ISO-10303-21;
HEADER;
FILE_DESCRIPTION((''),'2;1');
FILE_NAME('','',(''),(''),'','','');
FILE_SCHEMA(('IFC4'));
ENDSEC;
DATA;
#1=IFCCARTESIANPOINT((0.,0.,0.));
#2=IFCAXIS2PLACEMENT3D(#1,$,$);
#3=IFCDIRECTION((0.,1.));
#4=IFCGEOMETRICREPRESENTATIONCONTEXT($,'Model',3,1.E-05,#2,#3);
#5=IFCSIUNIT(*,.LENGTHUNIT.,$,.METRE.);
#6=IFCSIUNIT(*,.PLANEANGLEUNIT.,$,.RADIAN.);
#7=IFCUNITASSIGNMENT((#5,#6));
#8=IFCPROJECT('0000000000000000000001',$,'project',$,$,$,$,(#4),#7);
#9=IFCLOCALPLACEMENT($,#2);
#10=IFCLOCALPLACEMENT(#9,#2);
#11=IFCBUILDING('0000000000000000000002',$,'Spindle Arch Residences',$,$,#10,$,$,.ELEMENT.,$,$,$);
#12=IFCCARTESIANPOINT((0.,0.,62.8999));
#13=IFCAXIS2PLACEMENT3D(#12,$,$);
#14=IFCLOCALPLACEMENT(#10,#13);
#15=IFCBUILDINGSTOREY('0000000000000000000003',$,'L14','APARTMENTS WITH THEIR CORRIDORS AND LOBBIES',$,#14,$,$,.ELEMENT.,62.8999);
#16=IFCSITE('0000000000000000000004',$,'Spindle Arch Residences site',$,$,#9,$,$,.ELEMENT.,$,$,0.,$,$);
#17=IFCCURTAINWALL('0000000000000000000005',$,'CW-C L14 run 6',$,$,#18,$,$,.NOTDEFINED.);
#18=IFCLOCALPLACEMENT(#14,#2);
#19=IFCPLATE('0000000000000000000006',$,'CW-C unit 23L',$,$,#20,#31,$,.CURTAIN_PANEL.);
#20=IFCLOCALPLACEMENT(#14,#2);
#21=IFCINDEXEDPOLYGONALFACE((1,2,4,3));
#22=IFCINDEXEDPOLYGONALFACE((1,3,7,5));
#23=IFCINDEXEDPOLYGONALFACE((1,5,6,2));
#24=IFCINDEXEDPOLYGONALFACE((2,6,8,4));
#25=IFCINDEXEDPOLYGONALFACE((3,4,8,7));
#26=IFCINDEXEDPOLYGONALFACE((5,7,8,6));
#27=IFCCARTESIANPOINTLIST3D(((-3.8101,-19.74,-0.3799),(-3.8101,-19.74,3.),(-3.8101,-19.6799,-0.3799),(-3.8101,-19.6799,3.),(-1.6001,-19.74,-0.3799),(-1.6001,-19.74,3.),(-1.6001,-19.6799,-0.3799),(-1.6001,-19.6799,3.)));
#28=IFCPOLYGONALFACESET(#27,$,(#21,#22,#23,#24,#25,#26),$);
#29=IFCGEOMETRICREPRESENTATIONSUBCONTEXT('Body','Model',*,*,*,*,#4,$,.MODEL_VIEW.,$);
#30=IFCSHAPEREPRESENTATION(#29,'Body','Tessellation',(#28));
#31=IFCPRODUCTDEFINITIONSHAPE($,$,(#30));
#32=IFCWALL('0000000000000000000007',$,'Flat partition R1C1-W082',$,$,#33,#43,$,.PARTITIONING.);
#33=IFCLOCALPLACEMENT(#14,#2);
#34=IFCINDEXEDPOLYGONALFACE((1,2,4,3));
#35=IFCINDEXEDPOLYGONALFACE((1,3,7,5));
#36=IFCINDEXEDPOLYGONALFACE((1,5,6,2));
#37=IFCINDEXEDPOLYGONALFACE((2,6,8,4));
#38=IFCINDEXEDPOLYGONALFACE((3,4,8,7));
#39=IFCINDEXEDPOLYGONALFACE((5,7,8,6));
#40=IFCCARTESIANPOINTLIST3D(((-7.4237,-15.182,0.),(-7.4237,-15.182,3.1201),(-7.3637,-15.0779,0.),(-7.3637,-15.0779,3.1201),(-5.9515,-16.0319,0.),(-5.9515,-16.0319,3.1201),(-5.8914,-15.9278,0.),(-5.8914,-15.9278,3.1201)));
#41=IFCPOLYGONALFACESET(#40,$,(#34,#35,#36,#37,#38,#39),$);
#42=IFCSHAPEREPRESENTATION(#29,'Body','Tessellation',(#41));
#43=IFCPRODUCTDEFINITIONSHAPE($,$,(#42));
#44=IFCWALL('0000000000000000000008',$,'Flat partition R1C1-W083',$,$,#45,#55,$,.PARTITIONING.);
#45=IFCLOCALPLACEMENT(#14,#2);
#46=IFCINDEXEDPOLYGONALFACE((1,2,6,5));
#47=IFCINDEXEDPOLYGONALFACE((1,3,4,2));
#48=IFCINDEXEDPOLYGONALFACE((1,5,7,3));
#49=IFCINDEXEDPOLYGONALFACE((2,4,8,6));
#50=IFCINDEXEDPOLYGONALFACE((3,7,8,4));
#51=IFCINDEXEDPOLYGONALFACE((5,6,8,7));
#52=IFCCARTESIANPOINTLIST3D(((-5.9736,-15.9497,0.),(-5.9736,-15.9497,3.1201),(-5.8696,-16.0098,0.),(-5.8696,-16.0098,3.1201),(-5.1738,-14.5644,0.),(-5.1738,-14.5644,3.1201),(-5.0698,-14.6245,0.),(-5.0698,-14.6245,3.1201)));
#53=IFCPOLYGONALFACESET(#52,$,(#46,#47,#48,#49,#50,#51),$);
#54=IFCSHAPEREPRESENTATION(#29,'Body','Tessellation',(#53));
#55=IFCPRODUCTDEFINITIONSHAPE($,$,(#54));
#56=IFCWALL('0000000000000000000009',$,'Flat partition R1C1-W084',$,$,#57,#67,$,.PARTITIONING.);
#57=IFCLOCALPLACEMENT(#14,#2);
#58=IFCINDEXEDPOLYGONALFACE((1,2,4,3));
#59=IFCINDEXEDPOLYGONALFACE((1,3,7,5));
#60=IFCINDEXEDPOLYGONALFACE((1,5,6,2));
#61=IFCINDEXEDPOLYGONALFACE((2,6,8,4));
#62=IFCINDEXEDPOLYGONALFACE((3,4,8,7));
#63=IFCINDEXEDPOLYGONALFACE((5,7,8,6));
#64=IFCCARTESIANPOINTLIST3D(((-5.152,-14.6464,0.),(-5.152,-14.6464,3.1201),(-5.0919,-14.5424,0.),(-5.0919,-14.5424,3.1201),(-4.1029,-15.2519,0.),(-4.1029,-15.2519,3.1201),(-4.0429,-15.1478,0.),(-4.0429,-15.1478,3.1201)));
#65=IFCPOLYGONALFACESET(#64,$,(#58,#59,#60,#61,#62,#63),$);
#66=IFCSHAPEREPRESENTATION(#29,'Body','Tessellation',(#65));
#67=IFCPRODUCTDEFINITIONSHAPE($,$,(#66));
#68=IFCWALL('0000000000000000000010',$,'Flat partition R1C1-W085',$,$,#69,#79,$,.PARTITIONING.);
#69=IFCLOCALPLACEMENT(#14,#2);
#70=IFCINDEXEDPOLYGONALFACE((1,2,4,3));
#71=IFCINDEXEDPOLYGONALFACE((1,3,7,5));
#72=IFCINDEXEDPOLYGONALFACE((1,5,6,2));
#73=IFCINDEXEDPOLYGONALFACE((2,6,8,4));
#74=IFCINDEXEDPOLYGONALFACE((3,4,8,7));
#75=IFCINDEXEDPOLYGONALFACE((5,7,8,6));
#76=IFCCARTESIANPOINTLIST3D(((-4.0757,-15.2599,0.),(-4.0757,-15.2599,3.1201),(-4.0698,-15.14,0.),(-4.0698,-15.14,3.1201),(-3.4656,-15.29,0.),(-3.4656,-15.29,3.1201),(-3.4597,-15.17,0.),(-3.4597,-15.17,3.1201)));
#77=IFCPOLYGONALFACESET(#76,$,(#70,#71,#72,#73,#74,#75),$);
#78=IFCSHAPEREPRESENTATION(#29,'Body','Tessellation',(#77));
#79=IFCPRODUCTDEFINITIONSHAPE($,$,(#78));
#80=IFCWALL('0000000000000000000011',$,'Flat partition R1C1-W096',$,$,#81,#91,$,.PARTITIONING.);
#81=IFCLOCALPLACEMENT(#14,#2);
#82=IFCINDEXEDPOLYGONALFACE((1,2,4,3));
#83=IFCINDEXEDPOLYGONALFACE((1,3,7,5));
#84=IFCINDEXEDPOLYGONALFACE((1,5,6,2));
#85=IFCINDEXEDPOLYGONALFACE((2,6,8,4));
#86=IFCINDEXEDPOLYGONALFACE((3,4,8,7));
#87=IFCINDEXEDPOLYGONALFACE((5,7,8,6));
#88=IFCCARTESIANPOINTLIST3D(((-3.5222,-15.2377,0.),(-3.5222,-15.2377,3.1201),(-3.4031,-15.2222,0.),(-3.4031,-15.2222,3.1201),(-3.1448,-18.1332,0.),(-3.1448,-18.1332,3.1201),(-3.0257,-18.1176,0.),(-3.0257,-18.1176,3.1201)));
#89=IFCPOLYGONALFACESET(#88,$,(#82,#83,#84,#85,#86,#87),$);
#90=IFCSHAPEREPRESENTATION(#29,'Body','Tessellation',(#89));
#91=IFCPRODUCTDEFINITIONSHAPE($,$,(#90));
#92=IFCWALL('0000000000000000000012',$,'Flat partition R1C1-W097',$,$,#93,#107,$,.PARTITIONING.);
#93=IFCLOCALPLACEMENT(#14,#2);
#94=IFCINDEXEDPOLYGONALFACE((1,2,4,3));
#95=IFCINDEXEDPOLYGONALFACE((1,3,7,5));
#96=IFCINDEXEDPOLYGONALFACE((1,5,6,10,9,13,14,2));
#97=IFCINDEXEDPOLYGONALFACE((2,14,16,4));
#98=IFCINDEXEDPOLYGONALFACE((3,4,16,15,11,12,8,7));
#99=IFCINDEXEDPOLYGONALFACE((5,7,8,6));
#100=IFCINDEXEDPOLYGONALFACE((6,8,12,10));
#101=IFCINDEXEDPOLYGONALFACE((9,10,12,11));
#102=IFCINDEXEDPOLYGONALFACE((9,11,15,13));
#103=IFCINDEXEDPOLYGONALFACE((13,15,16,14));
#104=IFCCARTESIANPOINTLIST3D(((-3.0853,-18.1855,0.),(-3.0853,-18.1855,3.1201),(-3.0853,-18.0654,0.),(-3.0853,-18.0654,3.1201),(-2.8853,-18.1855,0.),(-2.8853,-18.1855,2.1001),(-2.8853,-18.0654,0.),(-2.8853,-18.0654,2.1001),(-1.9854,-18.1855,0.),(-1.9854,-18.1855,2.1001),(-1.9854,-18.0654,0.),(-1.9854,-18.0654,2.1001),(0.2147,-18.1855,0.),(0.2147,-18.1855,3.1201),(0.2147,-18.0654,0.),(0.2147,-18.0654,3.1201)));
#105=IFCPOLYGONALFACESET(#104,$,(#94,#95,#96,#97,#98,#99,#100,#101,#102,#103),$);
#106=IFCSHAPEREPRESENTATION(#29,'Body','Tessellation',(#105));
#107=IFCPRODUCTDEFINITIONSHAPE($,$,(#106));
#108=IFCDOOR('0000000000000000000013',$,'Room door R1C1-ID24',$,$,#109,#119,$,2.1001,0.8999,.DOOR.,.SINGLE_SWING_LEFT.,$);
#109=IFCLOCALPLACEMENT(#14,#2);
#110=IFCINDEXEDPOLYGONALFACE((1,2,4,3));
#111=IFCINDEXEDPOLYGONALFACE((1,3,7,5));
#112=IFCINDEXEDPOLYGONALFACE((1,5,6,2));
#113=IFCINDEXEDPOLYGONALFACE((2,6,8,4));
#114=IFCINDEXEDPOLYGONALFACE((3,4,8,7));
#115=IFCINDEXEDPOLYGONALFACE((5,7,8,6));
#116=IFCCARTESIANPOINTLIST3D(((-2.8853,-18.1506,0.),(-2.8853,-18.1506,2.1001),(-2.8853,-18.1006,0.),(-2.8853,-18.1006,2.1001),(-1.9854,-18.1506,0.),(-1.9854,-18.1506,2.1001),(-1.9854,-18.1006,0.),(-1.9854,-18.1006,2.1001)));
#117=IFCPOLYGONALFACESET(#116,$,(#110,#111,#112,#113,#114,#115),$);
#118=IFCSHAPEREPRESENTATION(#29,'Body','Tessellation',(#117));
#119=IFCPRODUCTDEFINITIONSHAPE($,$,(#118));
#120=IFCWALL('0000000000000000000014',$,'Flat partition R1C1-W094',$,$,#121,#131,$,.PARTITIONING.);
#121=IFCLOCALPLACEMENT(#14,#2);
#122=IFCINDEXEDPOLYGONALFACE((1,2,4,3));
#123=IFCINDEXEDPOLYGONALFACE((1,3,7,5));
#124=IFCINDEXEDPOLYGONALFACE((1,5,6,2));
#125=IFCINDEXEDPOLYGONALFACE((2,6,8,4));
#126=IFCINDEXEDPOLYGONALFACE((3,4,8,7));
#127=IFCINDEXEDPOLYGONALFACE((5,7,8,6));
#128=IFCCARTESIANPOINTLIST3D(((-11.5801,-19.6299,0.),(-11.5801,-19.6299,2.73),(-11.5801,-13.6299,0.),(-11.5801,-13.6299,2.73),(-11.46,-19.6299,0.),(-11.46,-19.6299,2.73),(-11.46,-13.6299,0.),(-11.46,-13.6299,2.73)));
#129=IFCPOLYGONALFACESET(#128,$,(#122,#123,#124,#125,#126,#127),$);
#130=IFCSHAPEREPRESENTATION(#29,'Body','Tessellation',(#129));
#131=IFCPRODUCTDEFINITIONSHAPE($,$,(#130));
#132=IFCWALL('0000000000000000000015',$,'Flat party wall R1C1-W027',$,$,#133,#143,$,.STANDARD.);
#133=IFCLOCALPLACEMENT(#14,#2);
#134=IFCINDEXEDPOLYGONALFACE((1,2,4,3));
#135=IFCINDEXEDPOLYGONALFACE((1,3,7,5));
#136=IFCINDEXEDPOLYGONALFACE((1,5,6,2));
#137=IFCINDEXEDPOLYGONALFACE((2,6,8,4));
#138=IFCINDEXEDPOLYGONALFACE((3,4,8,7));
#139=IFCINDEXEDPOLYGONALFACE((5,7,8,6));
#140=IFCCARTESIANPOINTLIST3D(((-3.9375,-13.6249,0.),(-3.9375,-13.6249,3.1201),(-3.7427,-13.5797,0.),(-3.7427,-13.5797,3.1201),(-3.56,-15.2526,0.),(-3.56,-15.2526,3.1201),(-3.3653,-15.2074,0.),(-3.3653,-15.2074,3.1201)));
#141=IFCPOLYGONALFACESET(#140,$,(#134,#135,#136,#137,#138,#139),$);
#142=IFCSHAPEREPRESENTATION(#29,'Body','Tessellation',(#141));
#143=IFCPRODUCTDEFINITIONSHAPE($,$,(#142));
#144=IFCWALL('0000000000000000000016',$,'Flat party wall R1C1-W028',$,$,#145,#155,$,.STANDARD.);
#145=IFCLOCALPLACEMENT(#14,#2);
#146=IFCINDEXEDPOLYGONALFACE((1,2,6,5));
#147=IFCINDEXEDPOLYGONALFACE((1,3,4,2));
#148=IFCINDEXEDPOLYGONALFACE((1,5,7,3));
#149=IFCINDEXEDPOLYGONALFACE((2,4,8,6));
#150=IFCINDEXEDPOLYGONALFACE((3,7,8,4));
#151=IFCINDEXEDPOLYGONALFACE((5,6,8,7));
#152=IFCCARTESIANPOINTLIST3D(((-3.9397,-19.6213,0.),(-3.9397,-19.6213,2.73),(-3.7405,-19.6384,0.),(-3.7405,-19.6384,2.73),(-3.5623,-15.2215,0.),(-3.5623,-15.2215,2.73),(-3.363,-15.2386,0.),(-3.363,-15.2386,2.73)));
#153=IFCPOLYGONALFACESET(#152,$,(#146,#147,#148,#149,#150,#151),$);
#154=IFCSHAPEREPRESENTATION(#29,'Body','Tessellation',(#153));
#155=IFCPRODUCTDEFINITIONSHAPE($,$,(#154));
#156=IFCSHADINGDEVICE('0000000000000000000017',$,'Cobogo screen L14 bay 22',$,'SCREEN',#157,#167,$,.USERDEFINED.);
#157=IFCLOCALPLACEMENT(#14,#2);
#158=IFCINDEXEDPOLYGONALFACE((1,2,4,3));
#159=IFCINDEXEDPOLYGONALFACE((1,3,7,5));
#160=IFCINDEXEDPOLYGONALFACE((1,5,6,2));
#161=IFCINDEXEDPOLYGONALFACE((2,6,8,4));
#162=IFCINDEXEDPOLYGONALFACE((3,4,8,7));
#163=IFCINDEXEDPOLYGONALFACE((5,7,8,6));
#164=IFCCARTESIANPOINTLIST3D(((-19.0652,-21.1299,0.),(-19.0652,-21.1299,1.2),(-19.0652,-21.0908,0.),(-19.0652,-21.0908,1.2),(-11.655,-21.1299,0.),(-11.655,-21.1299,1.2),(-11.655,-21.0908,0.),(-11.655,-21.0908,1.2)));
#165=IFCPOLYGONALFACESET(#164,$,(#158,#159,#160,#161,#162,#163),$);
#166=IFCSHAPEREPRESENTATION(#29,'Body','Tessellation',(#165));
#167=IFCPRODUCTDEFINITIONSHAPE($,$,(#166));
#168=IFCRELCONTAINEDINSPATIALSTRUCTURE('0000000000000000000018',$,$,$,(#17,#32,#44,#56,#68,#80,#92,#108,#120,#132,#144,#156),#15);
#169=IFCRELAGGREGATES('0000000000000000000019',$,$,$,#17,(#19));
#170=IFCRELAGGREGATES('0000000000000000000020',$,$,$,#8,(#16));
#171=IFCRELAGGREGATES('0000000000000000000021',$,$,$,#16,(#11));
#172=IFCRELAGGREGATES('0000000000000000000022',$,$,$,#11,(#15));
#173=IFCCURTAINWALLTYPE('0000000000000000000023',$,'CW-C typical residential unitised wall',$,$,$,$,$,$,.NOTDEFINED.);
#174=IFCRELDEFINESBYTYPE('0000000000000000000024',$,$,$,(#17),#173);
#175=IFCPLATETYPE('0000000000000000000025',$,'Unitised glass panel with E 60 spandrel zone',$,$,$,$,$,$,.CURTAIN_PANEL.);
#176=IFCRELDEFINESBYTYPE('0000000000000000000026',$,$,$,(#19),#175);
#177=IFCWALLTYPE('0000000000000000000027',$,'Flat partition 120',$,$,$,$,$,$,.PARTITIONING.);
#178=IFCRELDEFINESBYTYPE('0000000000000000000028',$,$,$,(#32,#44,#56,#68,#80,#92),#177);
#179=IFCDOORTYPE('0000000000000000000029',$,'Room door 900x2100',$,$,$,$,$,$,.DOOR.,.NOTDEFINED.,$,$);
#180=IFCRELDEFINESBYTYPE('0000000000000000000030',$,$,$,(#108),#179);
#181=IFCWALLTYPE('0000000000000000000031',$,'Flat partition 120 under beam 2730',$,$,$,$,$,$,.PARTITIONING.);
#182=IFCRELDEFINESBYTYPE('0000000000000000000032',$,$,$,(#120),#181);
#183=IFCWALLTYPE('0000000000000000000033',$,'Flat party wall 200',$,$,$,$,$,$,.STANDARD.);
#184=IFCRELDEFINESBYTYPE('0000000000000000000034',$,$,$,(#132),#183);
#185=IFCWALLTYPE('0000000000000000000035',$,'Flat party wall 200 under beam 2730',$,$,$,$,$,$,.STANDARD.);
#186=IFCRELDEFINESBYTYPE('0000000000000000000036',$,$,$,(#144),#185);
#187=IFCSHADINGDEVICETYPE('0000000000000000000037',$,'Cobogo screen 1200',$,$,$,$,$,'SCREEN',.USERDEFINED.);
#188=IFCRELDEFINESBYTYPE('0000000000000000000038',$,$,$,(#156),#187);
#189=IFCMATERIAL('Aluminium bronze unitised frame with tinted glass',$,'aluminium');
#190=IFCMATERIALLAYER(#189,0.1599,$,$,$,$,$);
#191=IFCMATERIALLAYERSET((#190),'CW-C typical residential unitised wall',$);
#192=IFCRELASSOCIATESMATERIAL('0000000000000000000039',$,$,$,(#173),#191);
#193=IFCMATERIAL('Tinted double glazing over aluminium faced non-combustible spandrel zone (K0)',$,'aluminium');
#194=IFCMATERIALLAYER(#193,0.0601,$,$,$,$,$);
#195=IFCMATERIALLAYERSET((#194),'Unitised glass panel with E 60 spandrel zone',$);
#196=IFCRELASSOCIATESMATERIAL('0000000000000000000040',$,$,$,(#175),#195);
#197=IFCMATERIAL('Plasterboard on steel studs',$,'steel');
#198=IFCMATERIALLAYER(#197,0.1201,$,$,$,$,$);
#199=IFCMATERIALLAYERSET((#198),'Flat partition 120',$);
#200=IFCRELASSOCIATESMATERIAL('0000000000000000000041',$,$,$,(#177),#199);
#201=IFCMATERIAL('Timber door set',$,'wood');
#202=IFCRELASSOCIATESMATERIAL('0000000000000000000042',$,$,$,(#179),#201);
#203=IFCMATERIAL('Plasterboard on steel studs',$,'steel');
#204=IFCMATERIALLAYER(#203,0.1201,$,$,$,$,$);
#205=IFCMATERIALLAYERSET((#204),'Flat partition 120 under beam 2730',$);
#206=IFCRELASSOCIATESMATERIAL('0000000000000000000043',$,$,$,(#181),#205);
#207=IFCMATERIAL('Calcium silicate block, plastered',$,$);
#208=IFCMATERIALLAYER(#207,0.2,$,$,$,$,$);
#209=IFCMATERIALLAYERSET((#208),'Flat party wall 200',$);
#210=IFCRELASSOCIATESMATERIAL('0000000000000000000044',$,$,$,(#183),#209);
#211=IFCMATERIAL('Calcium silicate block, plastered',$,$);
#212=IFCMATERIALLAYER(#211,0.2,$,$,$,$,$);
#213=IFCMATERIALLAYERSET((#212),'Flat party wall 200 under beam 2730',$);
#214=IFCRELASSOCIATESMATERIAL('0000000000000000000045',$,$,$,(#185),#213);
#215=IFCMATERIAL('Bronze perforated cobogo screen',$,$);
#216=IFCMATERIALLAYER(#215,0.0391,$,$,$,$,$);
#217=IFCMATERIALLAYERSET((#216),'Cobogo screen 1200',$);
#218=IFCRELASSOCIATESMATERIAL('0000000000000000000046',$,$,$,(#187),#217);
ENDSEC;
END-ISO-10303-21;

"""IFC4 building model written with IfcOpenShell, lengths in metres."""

from ifc_helpers import new_model, si_unit, direction, frame, frame_2d, origin, origin_2d, place, context, subcontext, project, spatial, rectangle, extrude, material, layer, layer_set, type_object, element, fill, aggregate, save


model = new_model("IFC4")

# Units and contexts
model_context = context("Model", 3, precision=1e-05, world=origin(), true_north=direction((0.0, 1.0)))
body_context = subcontext(model_context, "Body", "Model", "MODEL_VIEW")
ifc_project = project(units=[si_unit("LENGTHUNIT", "METRE"), si_unit("PLANEANGLEUNIT", "RADIAN")], contexts=[model_context])

# Site, building, storey
site_placement = place(None, origin())
site = spatial("IfcSite", under=ifc_project, at=site_placement, Name="Spindle Arch Residences site", CompositionType="ELEMENT", RefElevation=0.0)
building_placement = place(site_placement, origin())
building = spatial("IfcBuilding", under=site, at=building_placement, Name="Spindle Arch Residences", CompositionType="ELEMENT")
storey_placement = place(building_placement, frame((0.0, 0.0, 62.8999)))
storey = spatial("IfcBuildingStorey", under=building, at=storey_placement, Name="L14", Description="APARTMENTS WITH THEIR CORRIDORS AND LOBBIES", CompositionType="ELEMENT", Elevation=62.8999)

# Curtain wall
ifc_material_1 = material(Name="Aluminium bronze unitised frame with tinted glass", Category="aluminium")
ifc_layer_1 = layer(ifc_material_1, 0.1599)
ifc_layer_set_1 = layer_set([ifc_layer_1], Name="CW-C typical residential unitised wall")
curtain_wall_type = type_object("IfcCurtainWallType", Name="CW-C typical residential unitised wall", PredefinedType="NOTDEFINED", material=ifc_layer_set_1)
curtain_wall_placement = place(storey_placement, origin())
curtain_wall = element("IfcCurtainWall", 1, at=curtain_wall_placement, inside=storey, type_object=curtain_wall_type, Name="CW-C L14 run 6", PredefinedType="NOTDEFINED")

# Plate
ifc_material_2 = material(Name="Tinted double glazing over aluminium faced non-combustible spandrel zone (K0)", Category="aluminium")
ifc_layer_2 = layer(ifc_material_2, 0.0601)
ifc_layer_set_2 = layer_set([ifc_layer_2], Name="Unitised glass panel with E 60 spandrel zone")
plate_type = type_object("IfcPlateType", Name="Unitised glass panel with E 60 spandrel zone", PredefinedType="CURTAIN_PANEL", material=ifc_layer_set_2)
plate_1_placement = place(storey_placement, frame((-2.7051, -19.71, -0.3799), z_axis=(0.0, 0.0, 1.0), x_axis=(1.0, 0.0, 0.0)))
plate_1 = element("IfcPlate", 2, at=plate_1_placement, type_object=plate_type, Name="CW-C unit 23L", PredefinedType="CURTAIN_PANEL", context=body_context, shape_type="SweptSolid", body=[
    extrude(rectangle(XDim=2.21, YDim=0.0601, at=origin_2d()), origin(), (0.0, 0.0, 1.0), 3.3799),
])
aggregate(curtain_wall, [plate_1])

# Walls
ifc_material_3 = material(Name="Plasterboard on steel studs", Category="steel")
ifc_layer_3 = layer(ifc_material_3, 0.1201)
ifc_layer_set_3 = layer_set([ifc_layer_3], Name="Flat partition 120")
wall_type_1 = type_object("IfcWallType", Name="Flat partition 120", PredefinedType="PARTITIONING", material=ifc_layer_set_3)
wall_1_placement = place(storey_placement, frame((-7.3938, -15.1299, 0.0), z_axis=(0.0, 0.0, 1.0), x_axis=(0.866052, -0.499955, 0.0)))
element("IfcWall", 3, at=wall_1_placement, inside=storey, type_object=wall_type_1, Name="Flat partition R1C1-W082", PredefinedType="PARTITIONING", context=body_context, shape_type="SweptSolid", body=[
    extrude(rectangle(XDim=1.7, YDim=0.1201, at=frame_2d((0.8501, 0.0))), origin(), (0.0, 0.0, 1.0), 3.1201),
])
wall_2_placement = place(storey_placement, frame((-5.9216, -15.9797, 0.0), z_axis=(0.0, 0.0, 1.0), x_axis=(0.500013, 0.866018, 0.0)))
element("IfcWall", 4, at=wall_2_placement, inside=storey, type_object=wall_type_1, Name="Flat partition R1C1-W083", PredefinedType="PARTITIONING", context=body_context, shape_type="SweptSolid", body=[
    extrude(rectangle(XDim=1.5996, YDim=0.1201, at=frame_2d((0.7998, 0.0))), origin(), (0.0, 0.0, 1.0), 3.1201),
])
wall_3_placement = place(storey_placement, frame((-5.1218, -14.5945, 0.0), z_axis=(0.0, 0.0, 1.0), x_axis=(0.866102, -0.499868, 0.0)))
element("IfcWall", 5, at=wall_3_placement, inside=storey, type_object=wall_type_1, Name="Flat partition R1C1-W084", PredefinedType="PARTITIONING", context=body_context, shape_type="SweptSolid", body=[
    extrude(rectangle(XDim=1.2112, YDim=0.1201, at=frame_2d((0.6055, 0.0))), origin(), (0.0, 0.0, 1.0), 3.1201),
])
wall_4_placement = place(storey_placement, frame((-4.0728, -15.2, 0.0), z_axis=(0.0, 0.0, 1.0), x_axis=(0.998791, -0.04916, 0.0)))
element("IfcWall", 6, at=wall_4_placement, inside=storey, type_object=wall_type_1, Name="Flat partition R1C1-W085", PredefinedType="PARTITIONING", context=body_context, shape_type="SweptSolid", body=[
    extrude(rectangle(XDim=0.6108, YDim=0.1201, at=frame_2d((0.3054, 0.0))), origin(), (0.0, 0.0, 1.0), 3.1201),
])
wall_5_placement = place(storey_placement, frame((-3.4626, -15.23, 0.0), z_axis=(0.0, 0.0, 1.0), x_axis=(0.129261, -0.991611, 0.0)))
element("IfcWall", 7, at=wall_5_placement, inside=storey, type_object=wall_type_1, Name="Flat partition R1C1-W096", PredefinedType="PARTITIONING", context=body_context, shape_type="SweptSolid", body=[
    extrude(rectangle(XDim=2.9199, YDim=0.1201, at=frame_2d((1.46, 0.0))), origin(), (0.0, 0.0, 1.0), 3.1201),
])

# Wall, opening, door
wall_6_placement = place(storey_placement, frame((-3.0852, -18.1255, 0.0), z_axis=(0.0, 0.0, 1.0), x_axis=(1.0, 0.0, 0.0)))
wall_6 = element("IfcWall", 8, at=wall_6_placement, inside=storey, type_object=wall_type_1, Name="Flat partition R1C1-W097", PredefinedType="PARTITIONING", context=body_context, shape_type="SweptSolid", body=[
    extrude(rectangle(XDim=3.3, YDim=0.1201, at=frame_2d((1.6499, 0.0))), origin(), (0.0, 0.0, 1.0), 3.1201),
])
opening_1_placement = place(wall_6_placement, frame((0.2, 0.0, 0.0)))
opening_1 = element("IfcOpeningElement", 9, at=opening_1_placement, cuts=wall_6, PredefinedType="OPENING", context=body_context, shape_type="SweptSolid", body=[
    extrude(rectangle(XDim=0.8999, YDim=2.1001, at=frame_2d((0.45, 1.05))), frame((0.0, 0.0701, 0.0), z_axis=(0.0, -1.0, 0.0), x_axis=(1.0, 0.0, 0.0)), (0.0, 0.0, 1.0), 0.1401),
])
ifc_material_4 = material(Name="Timber door set", Category="wood")
door_type_1 = type_object("IfcDoorType", Name="Room door 900x2100", OperationType="NOTDEFINED", PredefinedType="DOOR", material=ifc_material_4)
door_1_placement = place(opening_1_placement, origin())
door_1 = element("IfcDoor", 10, at=door_1_placement, inside=storey, type_object=door_type_1, Name="Room door R1C1-ID24", OperationType="SINGLE_SWING_LEFT", OverallHeight=2.1001, OverallWidth=0.8999, PredefinedType="DOOR", context=body_context, shape_type="SweptSolid", body=[
    extrude(rectangle(XDim=0.8999, YDim=2.1001, at=frame_2d((0.45, 1.05))), frame((0.0, 0.0249, 0.0), z_axis=(0.0, -1.0, 0.0), x_axis=(1.0, 0.0, 0.0)), (0.0, 0.0, 1.0), 0.05),
])
fill(opening_1, door_1)

# Walls
ifc_material_5 = material(Name="Plasterboard on steel studs", Category="steel")
ifc_layer_4 = layer(ifc_material_5, 0.1201)
ifc_layer_set_4 = layer_set([ifc_layer_4], Name="Flat partition 120 under beam 2730")
wall_type_2 = type_object("IfcWallType", Name="Flat partition 120 under beam 2730", PredefinedType="PARTITIONING", material=ifc_layer_set_4)
wall_7_placement = place(storey_placement, frame((-11.52, -19.6299, 0.0), z_axis=(0.0, 0.0, 1.0), x_axis=(0.0, 1.0, 0.0)))
element("IfcWall", 11, at=wall_7_placement, inside=storey, type_object=wall_type_2, Name="Flat partition R1C1-W094", PredefinedType="PARTITIONING", context=body_context, shape_type="SweptSolid", body=[
    extrude(rectangle(XDim=6.0, YDim=0.1201, at=frame_2d((3.0, 0.0))), origin(), (0.0, 0.0, 1.0), 2.73),
])
ifc_material_6 = material(Name="Calcium silicate block, plastered")
ifc_layer_5 = layer(ifc_material_6, 0.2)
ifc_layer_set_5 = layer_set([ifc_layer_5], Name="Flat party wall 200")
wall_type_3 = type_object("IfcWallType", Name="Flat party wall 200", PredefinedType="STANDARD", material=ifc_layer_set_5)
wall_8_placement = place(storey_placement, frame((-3.4626, -15.23, 0.0), z_axis=(0.0, 0.0, 1.0), x_axis=(-0.225895, 0.974152, 0.0)))
element("IfcWall", 12, at=wall_8_placement, inside=storey, type_object=wall_type_3, Name="Flat party wall R1C1-W027", PredefinedType="STANDARD", context=body_context, shape_type="SweptSolid", body=[
    extrude(rectangle(XDim=1.6709, YDim=0.2, at=frame_2d((0.8354, 0.0))), origin(), (0.0, 0.0, 1.0), 3.1201),
])
ifc_material_7 = material(Name="Calcium silicate block, plastered")
ifc_layer_6 = layer(ifc_material_7, 0.2)
ifc_layer_set_6 = layer_set([ifc_layer_6], Name="Flat party wall 200 under beam 2730")
wall_type_4 = type_object("IfcWallType", Name="Flat party wall 200 under beam 2730", PredefinedType="STANDARD", material=ifc_layer_set_6)
wall_9_placement = place(storey_placement, frame((-3.8401, -19.6299, 0.0), z_axis=(0.0, 0.0, 1.0), x_axis=(0.08547, 0.996341, 0.0)))
element("IfcWall", 13, at=wall_9_placement, inside=storey, type_object=wall_type_4, Name="Flat party wall R1C1-W028", PredefinedType="STANDARD", context=body_context, shape_type="SweptSolid", body=[
    extrude(rectangle(XDim=4.416, YDim=0.2, at=frame_2d((2.208, 0.0))), origin(), (0.0, 0.0, 1.0), 2.73),
])

# Shading device
ifc_material_8 = material(Name="Bronze perforated cobogo screen")
ifc_layer_7 = layer(ifc_material_8, 0.0391)
ifc_layer_set_7 = layer_set([ifc_layer_7], Name="Cobogo screen 1200")
shading_device_type = type_object("IfcShadingDeviceType", Name="Cobogo screen 1200", ElementType="SCREEN", PredefinedType="USERDEFINED", material=ifc_layer_set_7)
shading_device_placement = place(storey_placement, frame((-15.3601, -21.1104, 0.0), z_axis=(0.0, 0.0, 1.0), x_axis=(1.0, 0.0, 0.0)))
element("IfcShadingDevice", 14, at=shading_device_placement, inside=storey, type_object=shading_device_type, Name="Cobogo screen L14 bay 22", ObjectType="SCREEN", PredefinedType="USERDEFINED", context=body_context, shape_type="SweptSolid", body=[
    extrude(rectangle(XDim=7.4102, YDim=0.0391, at=origin_2d()), origin(), (0.0, 0.0, 1.0), 1.2),
])

save(model, "model.ifc")
